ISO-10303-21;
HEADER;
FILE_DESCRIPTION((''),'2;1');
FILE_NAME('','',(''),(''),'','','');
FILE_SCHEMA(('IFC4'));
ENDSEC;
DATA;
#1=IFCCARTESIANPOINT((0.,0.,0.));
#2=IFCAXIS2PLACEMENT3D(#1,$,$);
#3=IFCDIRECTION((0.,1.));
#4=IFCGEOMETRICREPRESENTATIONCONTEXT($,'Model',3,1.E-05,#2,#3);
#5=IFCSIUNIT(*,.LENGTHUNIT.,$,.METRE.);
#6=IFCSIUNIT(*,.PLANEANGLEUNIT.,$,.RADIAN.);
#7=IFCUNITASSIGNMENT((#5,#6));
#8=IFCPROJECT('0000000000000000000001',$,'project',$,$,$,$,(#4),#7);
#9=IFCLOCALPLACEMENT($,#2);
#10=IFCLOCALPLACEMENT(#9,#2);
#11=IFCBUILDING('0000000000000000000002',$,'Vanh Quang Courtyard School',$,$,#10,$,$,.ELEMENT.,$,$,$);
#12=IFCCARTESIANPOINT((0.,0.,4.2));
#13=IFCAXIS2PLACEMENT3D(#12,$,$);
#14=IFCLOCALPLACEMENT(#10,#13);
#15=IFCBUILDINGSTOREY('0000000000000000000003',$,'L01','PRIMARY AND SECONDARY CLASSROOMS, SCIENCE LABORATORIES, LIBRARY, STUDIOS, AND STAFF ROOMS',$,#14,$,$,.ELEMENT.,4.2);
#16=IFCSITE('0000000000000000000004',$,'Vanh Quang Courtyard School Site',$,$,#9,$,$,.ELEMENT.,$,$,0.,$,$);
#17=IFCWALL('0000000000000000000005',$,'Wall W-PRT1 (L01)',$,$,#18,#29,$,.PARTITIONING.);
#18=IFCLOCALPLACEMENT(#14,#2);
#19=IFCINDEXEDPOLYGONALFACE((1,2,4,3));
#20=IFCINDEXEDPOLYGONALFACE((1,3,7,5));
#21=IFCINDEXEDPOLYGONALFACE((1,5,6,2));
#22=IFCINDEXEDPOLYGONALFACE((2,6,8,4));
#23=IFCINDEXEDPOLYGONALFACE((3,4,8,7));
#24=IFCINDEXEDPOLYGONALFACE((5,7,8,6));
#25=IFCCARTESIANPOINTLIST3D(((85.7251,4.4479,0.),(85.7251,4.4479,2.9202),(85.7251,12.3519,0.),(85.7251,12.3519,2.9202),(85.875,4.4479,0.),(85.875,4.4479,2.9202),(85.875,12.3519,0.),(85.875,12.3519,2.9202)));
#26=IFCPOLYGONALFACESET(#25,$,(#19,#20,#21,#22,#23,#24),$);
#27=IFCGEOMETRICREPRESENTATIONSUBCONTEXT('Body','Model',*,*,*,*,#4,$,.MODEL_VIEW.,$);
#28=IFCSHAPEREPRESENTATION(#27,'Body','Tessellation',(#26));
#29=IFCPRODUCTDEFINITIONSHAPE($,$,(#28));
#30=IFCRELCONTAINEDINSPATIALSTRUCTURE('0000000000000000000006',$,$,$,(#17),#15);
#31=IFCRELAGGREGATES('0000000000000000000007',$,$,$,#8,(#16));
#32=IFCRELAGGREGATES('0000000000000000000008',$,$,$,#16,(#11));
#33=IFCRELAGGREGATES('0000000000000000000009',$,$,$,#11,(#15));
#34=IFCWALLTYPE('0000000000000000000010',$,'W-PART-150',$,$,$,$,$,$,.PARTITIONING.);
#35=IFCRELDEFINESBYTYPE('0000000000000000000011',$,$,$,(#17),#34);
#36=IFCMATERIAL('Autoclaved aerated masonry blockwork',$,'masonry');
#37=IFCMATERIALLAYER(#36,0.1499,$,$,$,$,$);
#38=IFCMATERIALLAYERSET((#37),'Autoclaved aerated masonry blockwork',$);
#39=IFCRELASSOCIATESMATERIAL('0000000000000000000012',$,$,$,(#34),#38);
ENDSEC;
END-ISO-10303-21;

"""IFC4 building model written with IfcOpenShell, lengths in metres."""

from ifc_helpers import new_model, si_unit, direction, frame, frame_2d, origin, place, context, subcontext, project, spatial, rectangle, extrude, material, layer, layer_set, type_object, element, save


model = new_model("IFC4")

# Units and contexts
model_context = context("Model", 3, precision=1e-05, world=origin(), true_north=direction((0.0, 1.0)))
body_context = subcontext(model_context, "Body", "Model", "MODEL_VIEW")
ifc_project = project(units=[si_unit("LENGTHUNIT", "METRE"), si_unit("PLANEANGLEUNIT", "RADIAN")], contexts=[model_context])

# Site, building, storey
site_placement = place(None, origin())
site = spatial("IfcSite", under=ifc_project, at=site_placement, Name="Vanh Quang Courtyard School Site", CompositionType="ELEMENT", RefElevation=0.0)
building_placement = place(site_placement, origin())
building = spatial("IfcBuilding", under=site, at=building_placement, Name="Vanh Quang Courtyard School", CompositionType="ELEMENT")
storey_placement = place(building_placement, frame((0.0, 0.0, 4.2)))
storey = spatial("IfcBuildingStorey", under=building, at=storey_placement, Name="L01", Description="PRIMARY AND SECONDARY CLASSROOMS, SCIENCE LABORATORIES, LIBRARY, STUDIOS, AND STAFF ROOMS", CompositionType="ELEMENT", Elevation=4.2)

# Wall
ifc_material_1 = material(Name="Autoclaved aerated masonry blockwork", Category="masonry")
ifc_layer_1 = layer(ifc_material_1, 0.1499)
ifc_layer_set_1 = layer_set([ifc_layer_1], Name="Autoclaved aerated masonry blockwork")
wall_type_1 = type_object("IfcWallType", Name="W-PART-150", PredefinedType="PARTITIONING", material=ifc_layer_set_1)
wall_1_placement = place(storey_placement, frame((85.8, 12.3521, 0.0), z_axis=(0.0, 0.0, 1.0), x_axis=(0.0, -1.0, 0.0)))
element("IfcWall", 1, at=wall_1_placement, inside=storey, type_object=wall_type_1, Name="Wall W-PRT1 (L01)", PredefinedType="PARTITIONING", context=body_context, shape_type="SweptSolid", body=[
    extrude(rectangle(XDim=7.9041, YDim=0.1499, at=frame_2d((3.9521, 0.0))), origin(), (0.0, 0.0, 1.0), 2.9202),
])

save(model, "model.ifc")
